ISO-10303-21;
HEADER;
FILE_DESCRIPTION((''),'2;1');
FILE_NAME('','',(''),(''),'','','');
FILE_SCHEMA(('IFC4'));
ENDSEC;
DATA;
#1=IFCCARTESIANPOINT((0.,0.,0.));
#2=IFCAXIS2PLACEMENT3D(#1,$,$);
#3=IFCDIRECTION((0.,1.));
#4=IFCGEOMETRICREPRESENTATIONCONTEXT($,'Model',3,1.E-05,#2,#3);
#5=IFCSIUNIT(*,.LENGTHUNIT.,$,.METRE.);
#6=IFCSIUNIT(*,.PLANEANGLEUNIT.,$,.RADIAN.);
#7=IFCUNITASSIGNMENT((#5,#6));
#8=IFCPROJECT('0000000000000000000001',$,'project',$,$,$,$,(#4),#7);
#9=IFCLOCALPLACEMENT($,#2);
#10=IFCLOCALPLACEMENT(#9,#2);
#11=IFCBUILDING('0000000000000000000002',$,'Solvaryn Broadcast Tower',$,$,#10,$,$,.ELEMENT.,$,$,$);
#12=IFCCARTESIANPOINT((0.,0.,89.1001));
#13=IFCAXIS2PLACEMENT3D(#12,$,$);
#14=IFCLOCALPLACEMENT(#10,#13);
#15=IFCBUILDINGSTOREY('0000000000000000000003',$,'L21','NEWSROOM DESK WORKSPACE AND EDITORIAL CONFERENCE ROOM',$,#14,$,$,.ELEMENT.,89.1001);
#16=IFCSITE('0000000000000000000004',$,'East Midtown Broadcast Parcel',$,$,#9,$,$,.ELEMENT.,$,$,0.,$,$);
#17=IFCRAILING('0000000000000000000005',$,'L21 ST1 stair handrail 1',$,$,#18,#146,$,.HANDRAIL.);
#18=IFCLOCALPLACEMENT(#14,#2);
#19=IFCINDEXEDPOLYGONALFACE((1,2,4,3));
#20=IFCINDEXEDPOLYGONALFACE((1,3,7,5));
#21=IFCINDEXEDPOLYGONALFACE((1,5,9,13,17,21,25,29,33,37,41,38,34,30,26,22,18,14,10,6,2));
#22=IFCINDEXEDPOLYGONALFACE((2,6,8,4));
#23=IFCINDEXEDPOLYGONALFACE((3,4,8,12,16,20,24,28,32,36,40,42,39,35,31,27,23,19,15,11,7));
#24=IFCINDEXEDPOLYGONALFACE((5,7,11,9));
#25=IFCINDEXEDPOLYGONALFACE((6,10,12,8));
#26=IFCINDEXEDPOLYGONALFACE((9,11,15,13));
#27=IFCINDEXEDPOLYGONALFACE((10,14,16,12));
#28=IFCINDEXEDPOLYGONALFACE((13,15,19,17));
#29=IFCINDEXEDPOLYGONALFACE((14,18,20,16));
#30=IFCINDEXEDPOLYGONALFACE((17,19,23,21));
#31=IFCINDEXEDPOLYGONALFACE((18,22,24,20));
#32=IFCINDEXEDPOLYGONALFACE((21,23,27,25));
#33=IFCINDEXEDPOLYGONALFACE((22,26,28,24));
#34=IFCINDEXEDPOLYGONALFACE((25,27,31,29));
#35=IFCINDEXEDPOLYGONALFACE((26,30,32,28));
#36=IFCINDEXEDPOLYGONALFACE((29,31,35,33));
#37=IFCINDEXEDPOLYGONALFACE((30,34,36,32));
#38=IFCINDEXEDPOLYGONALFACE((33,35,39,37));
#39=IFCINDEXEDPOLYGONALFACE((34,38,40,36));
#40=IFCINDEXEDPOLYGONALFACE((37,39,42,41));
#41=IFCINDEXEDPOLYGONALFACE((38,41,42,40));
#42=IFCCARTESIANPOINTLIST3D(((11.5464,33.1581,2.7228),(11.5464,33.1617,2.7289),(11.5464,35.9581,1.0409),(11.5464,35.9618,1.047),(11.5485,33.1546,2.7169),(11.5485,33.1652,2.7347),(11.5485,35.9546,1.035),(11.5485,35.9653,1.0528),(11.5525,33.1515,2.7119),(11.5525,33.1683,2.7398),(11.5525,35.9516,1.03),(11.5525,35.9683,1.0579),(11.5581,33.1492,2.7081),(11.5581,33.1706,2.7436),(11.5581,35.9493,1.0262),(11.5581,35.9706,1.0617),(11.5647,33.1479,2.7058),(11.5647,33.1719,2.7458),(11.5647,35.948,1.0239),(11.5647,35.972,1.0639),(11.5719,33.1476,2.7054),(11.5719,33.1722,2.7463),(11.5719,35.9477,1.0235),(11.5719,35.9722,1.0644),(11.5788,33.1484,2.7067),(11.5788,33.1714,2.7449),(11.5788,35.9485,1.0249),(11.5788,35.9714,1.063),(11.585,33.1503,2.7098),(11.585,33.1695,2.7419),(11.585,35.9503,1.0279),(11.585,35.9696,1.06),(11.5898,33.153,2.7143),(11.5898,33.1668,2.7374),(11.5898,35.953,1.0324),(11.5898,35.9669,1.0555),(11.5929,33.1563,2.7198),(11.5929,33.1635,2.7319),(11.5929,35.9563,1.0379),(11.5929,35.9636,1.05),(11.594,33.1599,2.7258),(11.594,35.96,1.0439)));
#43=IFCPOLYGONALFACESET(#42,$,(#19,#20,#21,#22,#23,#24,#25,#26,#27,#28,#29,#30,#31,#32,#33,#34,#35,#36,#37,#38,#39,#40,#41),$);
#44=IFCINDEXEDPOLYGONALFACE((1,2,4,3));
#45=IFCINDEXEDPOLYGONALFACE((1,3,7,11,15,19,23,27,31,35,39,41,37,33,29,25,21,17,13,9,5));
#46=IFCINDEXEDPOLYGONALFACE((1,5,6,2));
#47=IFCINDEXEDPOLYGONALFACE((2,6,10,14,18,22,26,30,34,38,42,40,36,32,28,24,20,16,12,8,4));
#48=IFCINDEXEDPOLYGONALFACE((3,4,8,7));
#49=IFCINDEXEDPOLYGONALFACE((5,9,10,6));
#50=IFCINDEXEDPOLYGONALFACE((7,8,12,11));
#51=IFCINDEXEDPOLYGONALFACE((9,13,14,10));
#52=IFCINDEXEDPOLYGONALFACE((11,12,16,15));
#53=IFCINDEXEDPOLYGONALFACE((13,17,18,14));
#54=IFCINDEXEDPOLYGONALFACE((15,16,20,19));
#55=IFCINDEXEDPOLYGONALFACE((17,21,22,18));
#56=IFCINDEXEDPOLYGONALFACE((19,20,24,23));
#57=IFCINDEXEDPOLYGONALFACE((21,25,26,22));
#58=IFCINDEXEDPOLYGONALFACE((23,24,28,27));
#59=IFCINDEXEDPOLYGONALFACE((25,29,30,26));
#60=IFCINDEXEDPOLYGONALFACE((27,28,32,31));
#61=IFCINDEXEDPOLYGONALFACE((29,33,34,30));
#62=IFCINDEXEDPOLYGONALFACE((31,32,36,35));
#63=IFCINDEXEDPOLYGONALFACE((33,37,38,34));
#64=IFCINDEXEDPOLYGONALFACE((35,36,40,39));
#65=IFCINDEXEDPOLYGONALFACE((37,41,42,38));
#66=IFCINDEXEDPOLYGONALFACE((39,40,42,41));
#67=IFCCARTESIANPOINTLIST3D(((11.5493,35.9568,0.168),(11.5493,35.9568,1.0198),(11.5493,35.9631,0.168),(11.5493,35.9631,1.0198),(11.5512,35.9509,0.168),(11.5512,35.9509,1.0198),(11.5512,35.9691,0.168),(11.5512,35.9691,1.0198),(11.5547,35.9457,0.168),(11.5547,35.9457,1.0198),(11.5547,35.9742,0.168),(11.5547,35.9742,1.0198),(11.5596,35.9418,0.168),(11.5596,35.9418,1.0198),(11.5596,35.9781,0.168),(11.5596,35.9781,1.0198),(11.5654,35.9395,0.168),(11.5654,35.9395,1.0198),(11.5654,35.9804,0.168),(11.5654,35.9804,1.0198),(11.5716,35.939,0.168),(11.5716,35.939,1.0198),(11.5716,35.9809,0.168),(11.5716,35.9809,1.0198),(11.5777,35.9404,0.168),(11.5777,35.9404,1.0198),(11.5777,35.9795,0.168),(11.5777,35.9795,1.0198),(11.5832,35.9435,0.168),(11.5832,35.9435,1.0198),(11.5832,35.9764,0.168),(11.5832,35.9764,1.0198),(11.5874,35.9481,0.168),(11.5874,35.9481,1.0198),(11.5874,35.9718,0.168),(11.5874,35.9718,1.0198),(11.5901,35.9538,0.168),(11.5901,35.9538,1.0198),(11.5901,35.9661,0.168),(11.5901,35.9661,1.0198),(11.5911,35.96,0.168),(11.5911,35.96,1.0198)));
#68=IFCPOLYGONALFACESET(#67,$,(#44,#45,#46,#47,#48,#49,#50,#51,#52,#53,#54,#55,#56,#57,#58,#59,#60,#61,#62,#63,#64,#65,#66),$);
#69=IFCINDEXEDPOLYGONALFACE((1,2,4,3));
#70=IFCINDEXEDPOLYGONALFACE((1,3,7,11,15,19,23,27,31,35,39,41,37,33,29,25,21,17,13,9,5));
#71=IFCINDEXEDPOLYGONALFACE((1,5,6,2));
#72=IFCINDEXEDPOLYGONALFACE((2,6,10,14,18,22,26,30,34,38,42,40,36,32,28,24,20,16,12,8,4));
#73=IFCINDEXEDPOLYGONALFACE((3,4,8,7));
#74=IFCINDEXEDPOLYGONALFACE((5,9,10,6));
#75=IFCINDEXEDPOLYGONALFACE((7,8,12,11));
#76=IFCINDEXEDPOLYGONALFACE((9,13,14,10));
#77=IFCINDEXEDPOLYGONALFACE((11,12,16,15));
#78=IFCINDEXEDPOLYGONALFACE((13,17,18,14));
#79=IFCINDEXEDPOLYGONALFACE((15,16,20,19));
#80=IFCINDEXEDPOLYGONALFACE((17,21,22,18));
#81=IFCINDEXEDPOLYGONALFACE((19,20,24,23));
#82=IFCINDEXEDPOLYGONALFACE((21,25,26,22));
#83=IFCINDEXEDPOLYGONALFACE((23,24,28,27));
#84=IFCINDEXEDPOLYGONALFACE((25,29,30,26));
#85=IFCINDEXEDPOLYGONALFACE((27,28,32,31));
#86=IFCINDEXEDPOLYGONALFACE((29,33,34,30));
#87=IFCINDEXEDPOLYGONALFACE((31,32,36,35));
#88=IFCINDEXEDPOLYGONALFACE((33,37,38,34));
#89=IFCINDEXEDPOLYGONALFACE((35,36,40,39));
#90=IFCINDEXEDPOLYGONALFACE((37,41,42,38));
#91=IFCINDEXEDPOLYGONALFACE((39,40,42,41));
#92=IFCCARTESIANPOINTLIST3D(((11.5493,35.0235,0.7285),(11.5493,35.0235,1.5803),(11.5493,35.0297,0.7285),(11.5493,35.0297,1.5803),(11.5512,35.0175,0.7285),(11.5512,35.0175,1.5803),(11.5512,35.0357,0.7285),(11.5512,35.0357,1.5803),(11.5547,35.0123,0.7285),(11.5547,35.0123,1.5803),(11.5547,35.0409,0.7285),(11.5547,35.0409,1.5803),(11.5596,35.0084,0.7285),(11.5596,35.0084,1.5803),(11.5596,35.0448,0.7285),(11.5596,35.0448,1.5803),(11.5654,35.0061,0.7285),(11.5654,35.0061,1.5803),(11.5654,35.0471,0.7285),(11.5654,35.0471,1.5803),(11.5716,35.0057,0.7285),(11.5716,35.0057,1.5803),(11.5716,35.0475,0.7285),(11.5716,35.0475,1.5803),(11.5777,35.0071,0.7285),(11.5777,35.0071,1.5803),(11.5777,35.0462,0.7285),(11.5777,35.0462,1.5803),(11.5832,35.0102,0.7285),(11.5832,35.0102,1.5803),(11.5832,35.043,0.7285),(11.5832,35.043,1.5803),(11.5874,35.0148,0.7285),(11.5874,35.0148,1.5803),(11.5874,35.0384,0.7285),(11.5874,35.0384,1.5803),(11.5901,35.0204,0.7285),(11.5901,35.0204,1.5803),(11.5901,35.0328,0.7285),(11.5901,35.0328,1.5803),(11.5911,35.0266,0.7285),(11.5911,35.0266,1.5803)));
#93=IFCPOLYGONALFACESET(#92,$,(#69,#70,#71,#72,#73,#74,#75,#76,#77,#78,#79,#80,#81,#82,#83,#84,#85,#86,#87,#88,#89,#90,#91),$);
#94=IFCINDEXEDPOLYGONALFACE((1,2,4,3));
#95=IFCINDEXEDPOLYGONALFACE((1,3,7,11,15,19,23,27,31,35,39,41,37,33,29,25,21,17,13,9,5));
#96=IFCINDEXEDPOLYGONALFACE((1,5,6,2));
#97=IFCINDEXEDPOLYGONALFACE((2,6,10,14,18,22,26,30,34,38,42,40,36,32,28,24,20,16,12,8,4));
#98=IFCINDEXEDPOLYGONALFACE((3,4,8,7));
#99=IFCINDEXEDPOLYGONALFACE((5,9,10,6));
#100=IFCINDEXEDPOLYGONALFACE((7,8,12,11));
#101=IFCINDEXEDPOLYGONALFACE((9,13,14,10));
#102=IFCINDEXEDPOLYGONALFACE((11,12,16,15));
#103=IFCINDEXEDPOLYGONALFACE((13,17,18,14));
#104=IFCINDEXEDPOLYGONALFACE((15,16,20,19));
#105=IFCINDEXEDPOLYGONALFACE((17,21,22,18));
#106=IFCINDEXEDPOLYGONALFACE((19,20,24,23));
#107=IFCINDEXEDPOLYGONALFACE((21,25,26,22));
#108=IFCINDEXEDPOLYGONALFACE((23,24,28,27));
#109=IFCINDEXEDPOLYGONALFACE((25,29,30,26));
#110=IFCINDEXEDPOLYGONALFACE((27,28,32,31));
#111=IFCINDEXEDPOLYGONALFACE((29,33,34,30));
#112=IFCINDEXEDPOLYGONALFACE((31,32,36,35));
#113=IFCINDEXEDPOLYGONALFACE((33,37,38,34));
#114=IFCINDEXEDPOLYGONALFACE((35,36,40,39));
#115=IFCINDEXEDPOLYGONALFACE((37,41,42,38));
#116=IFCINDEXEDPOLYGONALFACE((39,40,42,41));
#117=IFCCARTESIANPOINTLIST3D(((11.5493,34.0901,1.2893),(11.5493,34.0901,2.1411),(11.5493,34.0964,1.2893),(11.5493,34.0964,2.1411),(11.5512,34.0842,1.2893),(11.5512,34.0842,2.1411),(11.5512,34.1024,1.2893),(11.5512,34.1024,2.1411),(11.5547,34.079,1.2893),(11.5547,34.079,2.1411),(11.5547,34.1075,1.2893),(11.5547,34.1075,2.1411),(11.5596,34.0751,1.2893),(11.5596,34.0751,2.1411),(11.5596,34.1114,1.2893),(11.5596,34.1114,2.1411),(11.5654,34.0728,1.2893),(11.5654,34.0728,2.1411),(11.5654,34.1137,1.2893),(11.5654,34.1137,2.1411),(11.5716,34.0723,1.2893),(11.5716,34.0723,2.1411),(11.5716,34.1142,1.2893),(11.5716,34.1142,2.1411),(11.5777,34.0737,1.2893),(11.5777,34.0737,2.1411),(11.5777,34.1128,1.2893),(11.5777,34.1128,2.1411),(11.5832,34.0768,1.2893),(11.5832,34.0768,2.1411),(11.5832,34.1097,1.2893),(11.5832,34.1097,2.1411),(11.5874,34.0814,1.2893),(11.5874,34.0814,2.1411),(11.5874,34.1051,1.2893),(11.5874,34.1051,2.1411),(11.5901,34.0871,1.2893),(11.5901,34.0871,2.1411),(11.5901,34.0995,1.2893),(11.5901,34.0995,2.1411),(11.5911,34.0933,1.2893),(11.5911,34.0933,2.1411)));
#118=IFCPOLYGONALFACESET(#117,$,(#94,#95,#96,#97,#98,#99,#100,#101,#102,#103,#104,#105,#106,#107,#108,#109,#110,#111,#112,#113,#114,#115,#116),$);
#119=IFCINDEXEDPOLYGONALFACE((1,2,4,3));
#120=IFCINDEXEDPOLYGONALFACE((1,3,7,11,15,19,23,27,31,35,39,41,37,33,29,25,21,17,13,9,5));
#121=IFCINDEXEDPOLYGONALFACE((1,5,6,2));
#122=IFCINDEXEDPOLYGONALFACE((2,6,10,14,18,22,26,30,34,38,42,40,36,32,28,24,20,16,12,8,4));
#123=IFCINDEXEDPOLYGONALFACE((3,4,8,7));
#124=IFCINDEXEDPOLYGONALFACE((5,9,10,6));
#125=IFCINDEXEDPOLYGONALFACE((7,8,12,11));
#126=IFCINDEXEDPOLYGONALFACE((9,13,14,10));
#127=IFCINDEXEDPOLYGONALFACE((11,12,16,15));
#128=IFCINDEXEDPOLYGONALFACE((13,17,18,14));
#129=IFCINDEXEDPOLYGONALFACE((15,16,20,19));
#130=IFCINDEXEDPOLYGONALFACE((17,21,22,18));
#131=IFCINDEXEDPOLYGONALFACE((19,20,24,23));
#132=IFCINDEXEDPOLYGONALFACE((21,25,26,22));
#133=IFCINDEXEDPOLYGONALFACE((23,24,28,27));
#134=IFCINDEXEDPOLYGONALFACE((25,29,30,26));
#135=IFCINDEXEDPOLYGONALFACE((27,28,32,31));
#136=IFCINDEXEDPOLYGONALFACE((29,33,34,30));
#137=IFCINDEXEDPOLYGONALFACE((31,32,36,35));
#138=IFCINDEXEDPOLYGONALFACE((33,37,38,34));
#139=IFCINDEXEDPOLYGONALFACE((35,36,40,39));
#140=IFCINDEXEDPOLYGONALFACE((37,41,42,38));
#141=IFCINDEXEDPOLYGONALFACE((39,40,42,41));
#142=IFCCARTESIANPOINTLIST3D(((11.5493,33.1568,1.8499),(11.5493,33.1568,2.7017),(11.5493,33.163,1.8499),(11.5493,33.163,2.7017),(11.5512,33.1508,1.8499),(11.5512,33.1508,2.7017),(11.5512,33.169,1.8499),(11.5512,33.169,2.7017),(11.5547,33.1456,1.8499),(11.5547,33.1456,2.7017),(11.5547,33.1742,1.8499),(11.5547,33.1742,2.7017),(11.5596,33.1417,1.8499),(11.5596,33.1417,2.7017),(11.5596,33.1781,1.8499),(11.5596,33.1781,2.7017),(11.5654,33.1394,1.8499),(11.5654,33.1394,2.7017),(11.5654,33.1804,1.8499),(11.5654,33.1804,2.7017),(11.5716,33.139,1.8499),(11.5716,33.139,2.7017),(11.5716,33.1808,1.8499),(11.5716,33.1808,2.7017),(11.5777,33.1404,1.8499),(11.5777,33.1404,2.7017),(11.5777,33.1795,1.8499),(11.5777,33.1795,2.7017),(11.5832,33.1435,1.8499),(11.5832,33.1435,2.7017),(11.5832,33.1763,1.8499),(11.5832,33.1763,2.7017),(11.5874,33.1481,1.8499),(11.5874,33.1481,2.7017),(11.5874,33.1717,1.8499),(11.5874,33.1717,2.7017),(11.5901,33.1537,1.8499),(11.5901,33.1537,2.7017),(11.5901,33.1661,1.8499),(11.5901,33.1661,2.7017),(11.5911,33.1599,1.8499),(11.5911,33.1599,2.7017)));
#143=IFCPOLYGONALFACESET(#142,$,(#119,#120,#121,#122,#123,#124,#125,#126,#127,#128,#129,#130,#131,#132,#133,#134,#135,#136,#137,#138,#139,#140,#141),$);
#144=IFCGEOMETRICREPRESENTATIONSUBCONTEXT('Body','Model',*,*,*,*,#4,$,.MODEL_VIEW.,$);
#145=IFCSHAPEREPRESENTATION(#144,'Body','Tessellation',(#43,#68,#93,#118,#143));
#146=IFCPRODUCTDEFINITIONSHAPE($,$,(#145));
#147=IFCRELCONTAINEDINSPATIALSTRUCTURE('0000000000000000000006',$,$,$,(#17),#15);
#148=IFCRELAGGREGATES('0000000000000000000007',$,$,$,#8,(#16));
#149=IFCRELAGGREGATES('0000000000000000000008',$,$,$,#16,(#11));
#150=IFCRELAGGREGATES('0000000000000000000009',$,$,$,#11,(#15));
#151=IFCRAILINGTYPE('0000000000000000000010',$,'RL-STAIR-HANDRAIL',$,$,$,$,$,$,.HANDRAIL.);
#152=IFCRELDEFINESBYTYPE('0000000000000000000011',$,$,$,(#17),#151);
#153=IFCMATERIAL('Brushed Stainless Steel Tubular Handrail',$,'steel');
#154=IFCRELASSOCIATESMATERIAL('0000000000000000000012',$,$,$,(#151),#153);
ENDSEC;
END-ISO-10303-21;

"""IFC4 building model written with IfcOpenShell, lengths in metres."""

from ifc_helpers import new_model, si_unit, direction, frame, origin, origin_2d, place, context, subcontext, project, spatial, circle, extrude, material, type_object, element, save


model = new_model("IFC4")

# Units and contexts
model_context = context("Model", 3, precision=1e-05, world=origin(), true_north=direction((0.0, 1.0)))
body_context = subcontext(model_context, "Body", "Model", "MODEL_VIEW")
ifc_project = project(units=[si_unit("LENGTHUNIT", "METRE"), si_unit("PLANEANGLEUNIT", "RADIAN")], contexts=[model_context])

# Site, building, storey
site_placement = place(None, origin())
site = spatial("IfcSite", under=ifc_project, at=site_placement, Name="East Midtown Broadcast Parcel", CompositionType="ELEMENT", RefElevation=0.0)
building_placement = place(site_placement, origin())
building = spatial("IfcBuilding", under=site, at=building_placement, Name="Solvaryn Broadcast Tower", CompositionType="ELEMENT")
storey_placement = place(building_placement, frame((0.0, 0.0, 89.1001)))
storey = spatial("IfcBuildingStorey", under=building, at=storey_placement, Name="L21", Description="NEWSROOM DESK WORKSPACE AND EDITORIAL CONFERENCE ROOM", CompositionType="ELEMENT", Elevation=89.1001)

# Railing
ifc_material_1 = material(Name="Brushed Stainless Steel Tubular Handrail", Category="steel")
railing_type_1 = type_object("IfcRailingType", Name="RL-STAIR-HANDRAIL", PredefinedType="HANDRAIL", material=ifc_material_1)
railing_1_placement = place(storey_placement, frame((11.5701, 35.96, 0.168)))
element("IfcRailing", 1, at=railing_1_placement, inside=storey, type_object=railing_type_1, Name="L21 ST1 stair handrail 1", PredefinedType="HANDRAIL", context=body_context, shape_type="SweptSolid", body=[
    extrude(circle(Radius=0.0239, at=origin_2d()), frame((0.0, 0.0, 0.876), z_axis=(0.0, -0.857242, 0.514913), x_axis=(1.0, 0.0, 0.0)), (0.0, 0.0, 1.0), 3.2664),
    extrude(circle(Radius=0.021, at=origin_2d()), origin(), (0.0, 0.0, 1.0), 0.8518),
    extrude(circle(Radius=0.021, at=origin_2d()), frame((0.0, -0.9333, 0.5605)), (0.0, 0.0, 1.0), 0.8518),
    extrude(circle(Radius=0.021, at=origin_2d()), frame((0.0, -1.8667, 1.1213)), (0.0, 0.0, 1.0), 0.8518),
    extrude(circle(Radius=0.021, at=origin_2d()), frame((0.0, -2.8, 1.6819)), (0.0, 0.0, 1.0), 0.8518),
])

save(model, "model.ifc")
